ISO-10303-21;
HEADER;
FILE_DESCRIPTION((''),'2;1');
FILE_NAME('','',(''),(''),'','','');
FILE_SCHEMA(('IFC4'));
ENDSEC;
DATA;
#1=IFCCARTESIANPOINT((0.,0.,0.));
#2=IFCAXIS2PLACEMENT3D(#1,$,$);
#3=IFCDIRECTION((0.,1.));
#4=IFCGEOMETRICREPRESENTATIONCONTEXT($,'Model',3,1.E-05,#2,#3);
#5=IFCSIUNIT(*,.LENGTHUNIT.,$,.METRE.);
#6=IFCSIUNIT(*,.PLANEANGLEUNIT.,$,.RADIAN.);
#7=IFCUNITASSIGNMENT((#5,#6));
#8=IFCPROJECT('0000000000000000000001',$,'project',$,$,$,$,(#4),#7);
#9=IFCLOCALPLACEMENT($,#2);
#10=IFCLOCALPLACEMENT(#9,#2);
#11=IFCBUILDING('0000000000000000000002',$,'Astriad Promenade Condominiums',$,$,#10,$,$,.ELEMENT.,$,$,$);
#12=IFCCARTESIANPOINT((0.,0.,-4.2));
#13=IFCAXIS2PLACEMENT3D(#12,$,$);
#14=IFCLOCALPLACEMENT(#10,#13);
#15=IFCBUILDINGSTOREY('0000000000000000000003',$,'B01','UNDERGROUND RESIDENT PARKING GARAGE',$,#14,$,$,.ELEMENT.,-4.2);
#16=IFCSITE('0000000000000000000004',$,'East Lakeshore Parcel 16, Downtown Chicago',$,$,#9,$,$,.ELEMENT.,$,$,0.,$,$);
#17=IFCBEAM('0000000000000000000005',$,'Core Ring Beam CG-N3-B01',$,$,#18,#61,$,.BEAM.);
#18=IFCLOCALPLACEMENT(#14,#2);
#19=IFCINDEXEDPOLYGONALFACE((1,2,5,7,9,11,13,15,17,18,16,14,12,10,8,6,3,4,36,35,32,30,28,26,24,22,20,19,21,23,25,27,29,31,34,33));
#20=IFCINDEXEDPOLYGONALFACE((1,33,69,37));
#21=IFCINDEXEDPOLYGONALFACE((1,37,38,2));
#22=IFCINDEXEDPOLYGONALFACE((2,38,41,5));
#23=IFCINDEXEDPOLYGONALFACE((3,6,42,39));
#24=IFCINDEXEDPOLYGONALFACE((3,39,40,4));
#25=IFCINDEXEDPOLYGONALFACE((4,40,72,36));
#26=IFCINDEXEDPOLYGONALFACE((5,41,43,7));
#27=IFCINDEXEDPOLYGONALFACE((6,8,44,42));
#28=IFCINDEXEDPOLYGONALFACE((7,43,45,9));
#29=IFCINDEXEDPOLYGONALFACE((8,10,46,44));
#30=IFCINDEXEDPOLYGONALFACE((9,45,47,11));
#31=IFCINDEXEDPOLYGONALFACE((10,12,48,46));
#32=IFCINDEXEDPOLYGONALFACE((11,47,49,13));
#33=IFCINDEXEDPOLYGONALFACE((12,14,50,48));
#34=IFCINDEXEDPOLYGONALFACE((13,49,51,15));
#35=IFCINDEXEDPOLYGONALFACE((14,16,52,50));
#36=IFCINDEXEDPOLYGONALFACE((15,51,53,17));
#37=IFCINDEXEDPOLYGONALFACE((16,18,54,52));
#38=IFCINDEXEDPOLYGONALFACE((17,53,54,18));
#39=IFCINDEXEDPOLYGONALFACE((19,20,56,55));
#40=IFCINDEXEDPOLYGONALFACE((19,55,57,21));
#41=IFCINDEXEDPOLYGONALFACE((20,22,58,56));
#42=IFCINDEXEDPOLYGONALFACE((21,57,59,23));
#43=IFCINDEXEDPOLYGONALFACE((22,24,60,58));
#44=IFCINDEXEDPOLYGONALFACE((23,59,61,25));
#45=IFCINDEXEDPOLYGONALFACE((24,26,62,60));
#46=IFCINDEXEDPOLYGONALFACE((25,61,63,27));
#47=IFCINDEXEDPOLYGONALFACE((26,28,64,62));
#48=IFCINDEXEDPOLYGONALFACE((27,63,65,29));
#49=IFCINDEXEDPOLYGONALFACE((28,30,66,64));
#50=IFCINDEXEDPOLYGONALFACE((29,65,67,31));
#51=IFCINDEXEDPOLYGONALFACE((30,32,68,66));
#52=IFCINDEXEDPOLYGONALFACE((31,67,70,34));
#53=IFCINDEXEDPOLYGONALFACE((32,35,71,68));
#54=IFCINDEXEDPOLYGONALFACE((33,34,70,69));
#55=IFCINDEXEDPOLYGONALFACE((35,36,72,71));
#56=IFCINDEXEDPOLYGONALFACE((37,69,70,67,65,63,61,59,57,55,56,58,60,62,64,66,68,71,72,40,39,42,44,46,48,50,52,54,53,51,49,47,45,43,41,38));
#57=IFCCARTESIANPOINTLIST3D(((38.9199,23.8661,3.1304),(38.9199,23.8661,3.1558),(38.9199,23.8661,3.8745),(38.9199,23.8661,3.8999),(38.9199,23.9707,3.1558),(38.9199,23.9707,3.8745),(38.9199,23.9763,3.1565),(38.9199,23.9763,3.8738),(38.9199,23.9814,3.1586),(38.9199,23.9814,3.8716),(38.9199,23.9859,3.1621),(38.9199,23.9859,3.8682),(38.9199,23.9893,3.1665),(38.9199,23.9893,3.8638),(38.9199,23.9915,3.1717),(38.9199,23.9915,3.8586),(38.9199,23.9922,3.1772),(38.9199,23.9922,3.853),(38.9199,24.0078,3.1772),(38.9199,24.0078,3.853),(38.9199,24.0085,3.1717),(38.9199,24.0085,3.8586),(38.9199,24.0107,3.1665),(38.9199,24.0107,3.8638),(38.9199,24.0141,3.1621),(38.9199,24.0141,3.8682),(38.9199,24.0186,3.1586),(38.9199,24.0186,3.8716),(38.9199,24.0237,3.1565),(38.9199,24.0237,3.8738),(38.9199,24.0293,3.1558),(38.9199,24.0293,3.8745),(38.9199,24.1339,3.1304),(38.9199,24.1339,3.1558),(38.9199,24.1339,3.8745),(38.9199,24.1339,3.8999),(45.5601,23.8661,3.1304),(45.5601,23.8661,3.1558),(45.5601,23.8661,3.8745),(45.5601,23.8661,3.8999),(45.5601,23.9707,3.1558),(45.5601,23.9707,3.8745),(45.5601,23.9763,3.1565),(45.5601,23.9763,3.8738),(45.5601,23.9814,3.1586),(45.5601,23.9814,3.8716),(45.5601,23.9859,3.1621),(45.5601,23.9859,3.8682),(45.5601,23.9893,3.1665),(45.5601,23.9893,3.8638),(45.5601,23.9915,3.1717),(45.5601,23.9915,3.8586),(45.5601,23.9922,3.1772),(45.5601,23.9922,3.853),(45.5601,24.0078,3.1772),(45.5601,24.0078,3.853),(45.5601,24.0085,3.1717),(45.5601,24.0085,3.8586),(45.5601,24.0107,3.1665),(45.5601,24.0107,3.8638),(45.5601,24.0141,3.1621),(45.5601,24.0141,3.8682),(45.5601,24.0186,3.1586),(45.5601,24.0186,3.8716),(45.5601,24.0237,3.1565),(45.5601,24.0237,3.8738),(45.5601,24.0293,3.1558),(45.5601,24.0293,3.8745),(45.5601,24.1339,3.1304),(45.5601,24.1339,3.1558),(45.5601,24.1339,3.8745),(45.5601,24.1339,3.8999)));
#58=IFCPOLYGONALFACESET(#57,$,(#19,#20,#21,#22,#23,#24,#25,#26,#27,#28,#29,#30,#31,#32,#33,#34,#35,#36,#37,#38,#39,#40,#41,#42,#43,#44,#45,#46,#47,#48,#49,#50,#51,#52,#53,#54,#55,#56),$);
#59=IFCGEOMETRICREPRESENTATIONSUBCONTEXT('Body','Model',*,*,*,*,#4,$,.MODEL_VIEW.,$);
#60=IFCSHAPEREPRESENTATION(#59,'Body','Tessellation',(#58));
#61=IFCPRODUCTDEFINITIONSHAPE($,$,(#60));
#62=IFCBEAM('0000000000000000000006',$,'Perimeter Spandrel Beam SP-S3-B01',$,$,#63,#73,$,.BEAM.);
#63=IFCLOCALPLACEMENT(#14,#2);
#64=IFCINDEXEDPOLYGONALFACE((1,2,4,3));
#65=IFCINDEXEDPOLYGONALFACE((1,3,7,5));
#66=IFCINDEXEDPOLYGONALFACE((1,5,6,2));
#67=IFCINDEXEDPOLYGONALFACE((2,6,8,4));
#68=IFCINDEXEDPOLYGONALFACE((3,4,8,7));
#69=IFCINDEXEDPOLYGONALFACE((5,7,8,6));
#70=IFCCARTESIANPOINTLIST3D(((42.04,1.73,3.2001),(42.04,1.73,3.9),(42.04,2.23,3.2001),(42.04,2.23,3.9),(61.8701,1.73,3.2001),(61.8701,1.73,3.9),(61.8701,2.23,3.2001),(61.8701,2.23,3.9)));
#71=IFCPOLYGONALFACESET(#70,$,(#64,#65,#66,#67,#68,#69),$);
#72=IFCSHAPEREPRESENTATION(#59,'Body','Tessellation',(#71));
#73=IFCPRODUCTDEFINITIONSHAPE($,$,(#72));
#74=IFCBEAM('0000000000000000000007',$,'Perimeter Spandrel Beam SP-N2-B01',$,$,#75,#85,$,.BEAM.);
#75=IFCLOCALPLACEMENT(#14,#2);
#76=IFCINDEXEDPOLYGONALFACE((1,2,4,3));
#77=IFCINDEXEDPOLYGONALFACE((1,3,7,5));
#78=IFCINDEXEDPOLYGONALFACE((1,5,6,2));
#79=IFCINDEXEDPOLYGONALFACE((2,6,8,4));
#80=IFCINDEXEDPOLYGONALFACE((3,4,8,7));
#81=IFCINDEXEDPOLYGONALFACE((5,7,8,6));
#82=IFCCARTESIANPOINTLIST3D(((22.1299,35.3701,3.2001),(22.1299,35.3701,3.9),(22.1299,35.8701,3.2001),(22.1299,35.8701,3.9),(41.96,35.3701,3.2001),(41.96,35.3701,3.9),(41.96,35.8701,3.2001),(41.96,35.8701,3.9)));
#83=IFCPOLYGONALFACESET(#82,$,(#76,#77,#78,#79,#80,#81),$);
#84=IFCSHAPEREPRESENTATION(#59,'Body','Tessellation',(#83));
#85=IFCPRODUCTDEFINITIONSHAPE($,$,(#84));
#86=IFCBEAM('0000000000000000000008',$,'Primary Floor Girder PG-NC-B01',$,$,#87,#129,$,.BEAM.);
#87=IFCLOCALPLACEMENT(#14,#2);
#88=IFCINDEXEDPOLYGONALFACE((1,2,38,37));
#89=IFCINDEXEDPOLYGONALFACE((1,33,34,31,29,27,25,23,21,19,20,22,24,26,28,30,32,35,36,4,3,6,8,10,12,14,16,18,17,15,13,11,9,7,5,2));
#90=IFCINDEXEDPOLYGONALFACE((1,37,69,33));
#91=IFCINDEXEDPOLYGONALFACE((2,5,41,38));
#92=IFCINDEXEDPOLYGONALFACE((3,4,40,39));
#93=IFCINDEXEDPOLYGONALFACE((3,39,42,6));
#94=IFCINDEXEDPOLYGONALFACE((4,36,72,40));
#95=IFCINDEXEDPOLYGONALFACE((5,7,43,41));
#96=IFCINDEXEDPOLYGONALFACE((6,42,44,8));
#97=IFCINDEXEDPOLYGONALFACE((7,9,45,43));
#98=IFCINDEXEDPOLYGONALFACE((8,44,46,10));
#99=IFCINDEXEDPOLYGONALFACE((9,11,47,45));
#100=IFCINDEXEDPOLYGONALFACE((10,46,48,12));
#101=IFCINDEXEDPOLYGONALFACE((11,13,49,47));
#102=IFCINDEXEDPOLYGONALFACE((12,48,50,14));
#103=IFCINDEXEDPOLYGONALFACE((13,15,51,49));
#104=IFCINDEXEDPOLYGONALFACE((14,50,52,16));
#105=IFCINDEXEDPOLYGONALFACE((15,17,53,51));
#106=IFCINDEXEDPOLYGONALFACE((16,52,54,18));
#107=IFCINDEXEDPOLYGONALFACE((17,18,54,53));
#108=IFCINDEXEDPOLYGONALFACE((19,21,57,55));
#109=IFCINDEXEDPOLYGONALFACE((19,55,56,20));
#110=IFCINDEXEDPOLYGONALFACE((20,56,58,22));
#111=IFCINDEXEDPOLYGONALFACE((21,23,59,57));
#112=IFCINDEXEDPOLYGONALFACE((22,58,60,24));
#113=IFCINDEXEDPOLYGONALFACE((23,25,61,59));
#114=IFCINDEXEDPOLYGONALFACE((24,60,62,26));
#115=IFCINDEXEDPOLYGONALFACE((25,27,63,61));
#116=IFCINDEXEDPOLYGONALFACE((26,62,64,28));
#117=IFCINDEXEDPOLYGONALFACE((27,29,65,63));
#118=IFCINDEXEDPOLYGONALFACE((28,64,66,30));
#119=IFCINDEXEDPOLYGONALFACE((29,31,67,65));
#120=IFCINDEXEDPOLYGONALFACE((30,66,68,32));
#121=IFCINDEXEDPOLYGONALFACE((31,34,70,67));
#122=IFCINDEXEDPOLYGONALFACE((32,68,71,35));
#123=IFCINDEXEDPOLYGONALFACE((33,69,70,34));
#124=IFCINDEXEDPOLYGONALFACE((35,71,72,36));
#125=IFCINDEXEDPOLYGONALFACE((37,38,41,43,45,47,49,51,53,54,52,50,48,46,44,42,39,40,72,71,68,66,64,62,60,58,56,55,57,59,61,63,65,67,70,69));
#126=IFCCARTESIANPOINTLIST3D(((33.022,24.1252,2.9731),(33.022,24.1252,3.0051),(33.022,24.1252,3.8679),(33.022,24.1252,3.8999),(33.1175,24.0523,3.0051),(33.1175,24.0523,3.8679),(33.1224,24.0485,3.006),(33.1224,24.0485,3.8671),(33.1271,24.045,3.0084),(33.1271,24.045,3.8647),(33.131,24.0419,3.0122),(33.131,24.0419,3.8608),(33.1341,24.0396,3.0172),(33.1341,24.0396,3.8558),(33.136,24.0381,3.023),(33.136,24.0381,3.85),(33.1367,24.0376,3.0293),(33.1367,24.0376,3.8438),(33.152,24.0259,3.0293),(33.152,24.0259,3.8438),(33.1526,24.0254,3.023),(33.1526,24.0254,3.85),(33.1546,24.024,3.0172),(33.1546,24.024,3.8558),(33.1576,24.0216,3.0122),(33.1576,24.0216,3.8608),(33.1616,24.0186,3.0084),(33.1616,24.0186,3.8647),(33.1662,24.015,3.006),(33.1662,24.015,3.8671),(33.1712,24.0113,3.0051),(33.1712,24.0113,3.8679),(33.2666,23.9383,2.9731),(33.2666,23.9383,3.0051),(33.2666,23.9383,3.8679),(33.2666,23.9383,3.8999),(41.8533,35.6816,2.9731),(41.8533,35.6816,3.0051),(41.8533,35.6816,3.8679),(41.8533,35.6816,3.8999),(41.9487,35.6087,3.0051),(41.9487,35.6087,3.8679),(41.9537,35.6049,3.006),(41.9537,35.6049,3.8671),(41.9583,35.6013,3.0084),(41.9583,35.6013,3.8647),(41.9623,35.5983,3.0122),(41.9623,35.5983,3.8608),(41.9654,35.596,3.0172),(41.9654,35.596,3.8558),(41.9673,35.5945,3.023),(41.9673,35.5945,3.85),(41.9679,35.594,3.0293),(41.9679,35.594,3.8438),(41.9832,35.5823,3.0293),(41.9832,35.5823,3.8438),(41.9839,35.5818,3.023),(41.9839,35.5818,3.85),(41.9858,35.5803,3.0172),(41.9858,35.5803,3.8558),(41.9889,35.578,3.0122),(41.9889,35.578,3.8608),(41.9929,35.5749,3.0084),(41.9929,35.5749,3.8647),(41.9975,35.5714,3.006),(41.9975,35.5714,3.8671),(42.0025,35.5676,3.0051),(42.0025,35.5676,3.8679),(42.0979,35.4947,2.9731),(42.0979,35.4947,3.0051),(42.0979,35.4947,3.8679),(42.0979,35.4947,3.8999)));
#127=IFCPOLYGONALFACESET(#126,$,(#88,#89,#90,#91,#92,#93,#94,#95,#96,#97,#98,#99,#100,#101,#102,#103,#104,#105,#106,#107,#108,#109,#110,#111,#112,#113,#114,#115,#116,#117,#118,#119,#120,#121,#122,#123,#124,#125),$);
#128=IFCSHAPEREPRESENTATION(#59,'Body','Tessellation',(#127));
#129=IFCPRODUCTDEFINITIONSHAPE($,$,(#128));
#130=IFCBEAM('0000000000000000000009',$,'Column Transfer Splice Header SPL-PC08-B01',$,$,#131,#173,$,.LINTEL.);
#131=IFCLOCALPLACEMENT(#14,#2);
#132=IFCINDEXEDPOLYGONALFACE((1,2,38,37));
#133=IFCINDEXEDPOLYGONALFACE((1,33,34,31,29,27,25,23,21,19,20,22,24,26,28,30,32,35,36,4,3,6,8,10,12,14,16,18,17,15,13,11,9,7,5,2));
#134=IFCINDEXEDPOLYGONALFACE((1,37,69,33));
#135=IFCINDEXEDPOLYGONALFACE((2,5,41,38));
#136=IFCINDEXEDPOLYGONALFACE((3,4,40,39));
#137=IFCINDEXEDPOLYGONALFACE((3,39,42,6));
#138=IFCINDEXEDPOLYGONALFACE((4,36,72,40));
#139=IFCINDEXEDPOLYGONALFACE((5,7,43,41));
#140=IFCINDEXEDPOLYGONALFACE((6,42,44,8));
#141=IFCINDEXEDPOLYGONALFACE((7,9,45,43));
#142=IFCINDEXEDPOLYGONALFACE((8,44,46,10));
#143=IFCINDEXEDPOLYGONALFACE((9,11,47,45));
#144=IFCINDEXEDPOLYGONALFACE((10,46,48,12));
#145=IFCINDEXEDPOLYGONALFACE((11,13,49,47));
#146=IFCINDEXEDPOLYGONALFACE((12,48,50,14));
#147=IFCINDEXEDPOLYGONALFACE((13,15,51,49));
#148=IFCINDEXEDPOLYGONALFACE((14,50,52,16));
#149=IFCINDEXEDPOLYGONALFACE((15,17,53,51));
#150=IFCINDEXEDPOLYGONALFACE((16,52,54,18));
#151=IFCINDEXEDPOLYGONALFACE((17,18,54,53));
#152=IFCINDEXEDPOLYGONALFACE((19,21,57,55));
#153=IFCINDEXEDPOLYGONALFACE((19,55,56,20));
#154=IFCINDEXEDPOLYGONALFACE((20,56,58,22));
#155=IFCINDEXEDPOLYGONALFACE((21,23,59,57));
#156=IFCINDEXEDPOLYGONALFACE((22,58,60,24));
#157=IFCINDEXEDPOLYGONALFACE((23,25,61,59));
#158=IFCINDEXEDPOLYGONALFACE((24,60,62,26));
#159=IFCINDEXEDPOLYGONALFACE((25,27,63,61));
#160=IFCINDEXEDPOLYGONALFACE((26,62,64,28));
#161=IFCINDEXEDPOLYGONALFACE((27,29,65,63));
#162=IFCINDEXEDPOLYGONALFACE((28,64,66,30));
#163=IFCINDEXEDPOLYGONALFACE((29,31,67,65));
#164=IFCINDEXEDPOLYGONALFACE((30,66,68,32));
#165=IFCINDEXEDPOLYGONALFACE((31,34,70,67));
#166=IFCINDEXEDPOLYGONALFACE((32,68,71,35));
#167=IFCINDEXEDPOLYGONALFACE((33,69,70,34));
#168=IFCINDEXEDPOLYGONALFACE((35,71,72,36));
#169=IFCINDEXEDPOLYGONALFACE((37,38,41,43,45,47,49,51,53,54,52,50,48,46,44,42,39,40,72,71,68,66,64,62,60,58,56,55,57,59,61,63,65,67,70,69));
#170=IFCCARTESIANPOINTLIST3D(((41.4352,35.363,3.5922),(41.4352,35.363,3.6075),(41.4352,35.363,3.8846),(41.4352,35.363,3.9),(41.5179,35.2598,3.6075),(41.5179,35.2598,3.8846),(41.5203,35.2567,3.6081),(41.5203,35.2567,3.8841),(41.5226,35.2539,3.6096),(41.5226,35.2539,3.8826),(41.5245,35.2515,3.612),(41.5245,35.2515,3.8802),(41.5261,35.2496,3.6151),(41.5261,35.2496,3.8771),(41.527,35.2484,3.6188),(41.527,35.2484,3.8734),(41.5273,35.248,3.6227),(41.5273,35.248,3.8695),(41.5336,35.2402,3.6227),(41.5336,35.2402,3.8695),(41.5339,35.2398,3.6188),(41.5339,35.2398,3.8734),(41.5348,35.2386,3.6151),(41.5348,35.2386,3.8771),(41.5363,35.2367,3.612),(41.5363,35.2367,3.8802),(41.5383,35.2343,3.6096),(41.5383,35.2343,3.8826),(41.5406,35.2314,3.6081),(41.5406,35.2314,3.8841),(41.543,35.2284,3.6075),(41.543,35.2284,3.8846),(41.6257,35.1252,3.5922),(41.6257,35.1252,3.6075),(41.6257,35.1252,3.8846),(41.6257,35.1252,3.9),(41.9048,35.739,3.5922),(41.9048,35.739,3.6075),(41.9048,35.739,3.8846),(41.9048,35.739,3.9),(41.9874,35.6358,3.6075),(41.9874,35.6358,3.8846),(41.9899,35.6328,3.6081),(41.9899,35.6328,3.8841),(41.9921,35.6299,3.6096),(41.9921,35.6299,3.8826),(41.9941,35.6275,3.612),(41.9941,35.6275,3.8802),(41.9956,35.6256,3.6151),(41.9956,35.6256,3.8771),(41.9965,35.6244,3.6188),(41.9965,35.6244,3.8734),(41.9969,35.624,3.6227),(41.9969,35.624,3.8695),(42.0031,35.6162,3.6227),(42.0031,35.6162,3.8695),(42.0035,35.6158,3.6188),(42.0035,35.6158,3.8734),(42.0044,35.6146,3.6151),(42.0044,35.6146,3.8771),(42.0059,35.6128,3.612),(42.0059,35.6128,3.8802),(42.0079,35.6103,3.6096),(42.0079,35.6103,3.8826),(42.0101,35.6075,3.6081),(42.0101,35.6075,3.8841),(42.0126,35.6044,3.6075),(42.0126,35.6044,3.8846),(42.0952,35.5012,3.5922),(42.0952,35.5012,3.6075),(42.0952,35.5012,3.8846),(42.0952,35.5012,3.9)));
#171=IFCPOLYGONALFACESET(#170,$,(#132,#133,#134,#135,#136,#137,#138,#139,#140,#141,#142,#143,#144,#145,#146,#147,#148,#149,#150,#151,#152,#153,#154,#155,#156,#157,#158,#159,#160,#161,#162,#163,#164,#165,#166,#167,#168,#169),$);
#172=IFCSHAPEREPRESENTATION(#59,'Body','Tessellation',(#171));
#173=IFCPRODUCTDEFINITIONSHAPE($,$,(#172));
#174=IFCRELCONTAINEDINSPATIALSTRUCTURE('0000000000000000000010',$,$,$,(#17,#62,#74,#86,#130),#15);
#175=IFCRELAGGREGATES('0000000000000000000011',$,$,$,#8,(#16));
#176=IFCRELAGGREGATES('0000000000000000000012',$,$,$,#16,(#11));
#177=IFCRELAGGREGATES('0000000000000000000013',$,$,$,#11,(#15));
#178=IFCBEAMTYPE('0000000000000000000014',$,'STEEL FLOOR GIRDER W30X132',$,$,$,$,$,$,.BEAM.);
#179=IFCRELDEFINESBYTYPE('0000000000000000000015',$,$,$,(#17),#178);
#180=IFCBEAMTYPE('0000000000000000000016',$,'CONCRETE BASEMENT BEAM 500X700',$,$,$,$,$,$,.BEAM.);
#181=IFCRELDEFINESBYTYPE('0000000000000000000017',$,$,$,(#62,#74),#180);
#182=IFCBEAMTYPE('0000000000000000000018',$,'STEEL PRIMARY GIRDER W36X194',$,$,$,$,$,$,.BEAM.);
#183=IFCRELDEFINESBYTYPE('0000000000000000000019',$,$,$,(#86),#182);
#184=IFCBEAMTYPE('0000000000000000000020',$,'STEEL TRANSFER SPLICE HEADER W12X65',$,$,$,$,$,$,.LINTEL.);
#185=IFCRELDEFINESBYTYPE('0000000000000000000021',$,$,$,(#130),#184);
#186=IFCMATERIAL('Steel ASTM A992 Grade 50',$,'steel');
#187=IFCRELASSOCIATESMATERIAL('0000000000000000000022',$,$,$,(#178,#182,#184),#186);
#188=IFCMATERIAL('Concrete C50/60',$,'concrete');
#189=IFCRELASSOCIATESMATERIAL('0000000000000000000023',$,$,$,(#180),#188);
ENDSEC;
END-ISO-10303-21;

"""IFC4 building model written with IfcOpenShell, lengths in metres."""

from ifc_helpers import new_model, si_unit, direction, frame, origin, origin_2d, place, context, subcontext, project, spatial, rectangle, i_section, extrude, source, transform, mapped, material, material_profile, profile_set, type_object, type_shapes, element, save


model = new_model("IFC4")

# Units and contexts
model_context = context("Model", 3, precision=1e-05, world=origin(), true_north=direction((0.0, 1.0)))
body_context = subcontext(model_context, "Body", "Model", "MODEL_VIEW")
ifc_project = project(units=[si_unit("LENGTHUNIT", "METRE"), si_unit("PLANEANGLEUNIT", "RADIAN")], contexts=[model_context])

# Site, building, storey
site_placement = place(None, origin())
site = spatial("IfcSite", under=ifc_project, at=site_placement, Name="East Lakeshore Parcel 16, Downtown Chicago", CompositionType="ELEMENT", RefElevation=0.0)
building_placement = place(site_placement, origin())
building = spatial("IfcBuilding", under=site, at=building_placement, Name="Astriad Promenade Condominiums", CompositionType="ELEMENT")
storey_placement = place(building_placement, frame((0.0, 0.0, -4.2)))
storey = spatial("IfcBuildingStorey", under=building, at=storey_placement, Name="B01", Description="UNDERGROUND RESIDENT PARKING GARAGE", CompositionType="ELEMENT", Elevation=-4.2)

# Shared definitions
ifc_material_1 = material(Name="Steel ASTM A992 Grade 50", Category="steel")

# Beams
ifc_material_profile_1 = material_profile(ifc_material_1, i_section(OverallWidth=0.2678, OverallDepth=0.7695, WebThickness=0.0156, FlangeThickness=0.0254, FilletRadius=0.0215, at=origin_2d()), Name="W30X132")
ifc_profile_set_1 = profile_set([ifc_material_profile_1], Name="Steel ASTM A992 Grade 50")
beam_type_1 = type_object("IfcBeamType", Name="STEEL FLOOR GIRDER W30X132", PredefinedType="BEAM", material=ifc_profile_set_1)
shared_shape_1 = source(origin(), body_context, "Body", "SweptSolid", [
    extrude(i_section(OverallWidth=0.2678, OverallDepth=0.7695, WebThickness=0.0156, FlangeThickness=0.0254, FilletRadius=0.0215, at=origin_2d()), origin(), (0.0, 0.0, 1.0), 6.6401),
])
type_shapes(beam_type_1, [shared_shape_1])
beam_1_placement = place(storey_placement, frame((38.9199, 24.0, 3.5151), z_axis=(1.0, 0.0, 0.0), x_axis=(0.0, 1.0, 0.0)))
element("IfcBeam", 1, at=beam_1_placement, inside=storey, type_object=beam_type_1, Name="Core Ring Beam CG-N3-B01", PredefinedType="BEAM", context=body_context, shape_type="MappedRepresentation", body=[
    mapped(shared_shape_1, transform((0.0, 0.0, 0.0), scale=1.0)),
])
ifc_material_2 = material(Name="Concrete C50/60", Category="concrete")
ifc_material_profile_2 = material_profile(ifc_material_2, rectangle(XDim=0.5, YDim=0.7, at=origin_2d()), Name="RC-BM-500X700")
ifc_profile_set_2 = profile_set([ifc_material_profile_2], Name="Concrete C50/60")
beam_type_2 = type_object("IfcBeamType", Name="CONCRETE BASEMENT BEAM 500X700", PredefinedType="BEAM", material=ifc_profile_set_2)
shared_shape_2 = source(origin(), body_context, "Body", "SweptSolid", [
    extrude(rectangle(XDim=0.5, YDim=0.7, at=origin_2d()), origin(), (0.0, 0.0, 1.0), 19.8301),
])
type_shapes(beam_type_2, [shared_shape_2])
for number, where, z_axis, x_axis, name in (
    (2, (42.04, 1.98, 3.55), (1.0, 0.0, 0.0), (0.0, 1.0, 0.0), "Perimeter Spandrel Beam SP-S3-B01"),
    (3, (41.96, 35.6201, 3.55), (-1.0, 0.0, 0.0), (0.0, -1.0, 0.0), "Perimeter Spandrel Beam SP-N2-B01"),
):
    element("IfcBeam", number, at=place(storey_placement, frame(where, z_axis=z_axis, x_axis=x_axis)), inside=storey, type_object=beam_type_2, Name=name, PredefinedType="BEAM", context=body_context, shape_type="MappedRepresentation", body=[
        mapped(shared_shape_2, transform((0.0, 0.0, 0.0), scale=1.0)),
    ])
ifc_material_profile_3 = material_profile(ifc_material_1, i_section(OverallWidth=0.3079, OverallDepth=0.9268, WebThickness=0.0193, FlangeThickness=0.032, FilletRadius=0.0242, at=origin_2d()), Name="W36X194")
ifc_profile_set_3 = profile_set([ifc_material_profile_3], Name="Steel ASTM A992 Grade 50")
beam_type_3 = type_object("IfcBeamType", Name="STEEL PRIMARY GIRDER W36X194", PredefinedType="BEAM", material=ifc_profile_set_3)
shared_shape_3 = source(origin(), body_context, "Body", "SweptSolid", [
    extrude(i_section(OverallWidth=0.3079, OverallDepth=0.9268, WebThickness=0.0193, FlangeThickness=0.032, FilletRadius=0.0242, at=origin_2d()), origin(), (0.0, 0.0, 1.0), 14.5444),
])
type_shapes(beam_type_3, [shared_shape_3])
beam_2_placement = place(storey_placement, frame((41.9756, 35.5881, 3.4365), z_axis=(-0.607192, -0.794555, 0.0), x_axis=(0.794555, -0.607192, 0.0)))
element("IfcBeam", 4, at=beam_2_placement, inside=storey, type_object=beam_type_3, Name="Primary Floor Girder PG-NC-B01", PredefinedType="BEAM", context=body_context, shape_type="MappedRepresentation", body=[
    mapped(shared_shape_3, transform((0.0, 0.0, 0.0), scale=1.0)),
])
ifc_material_profile_4 = material_profile(ifc_material_1, i_section(OverallWidth=0.3047, OverallDepth=0.3079, WebThickness=0.01, FlangeThickness=0.0154, FilletRadius=0.0151, at=origin_2d()), Name="W12X65")
ifc_profile_set_4 = profile_set([ifc_material_profile_4], Name="Steel ASTM A992 Grade 50")
beam_type_4 = type_object("IfcBeamType", Name="STEEL TRANSFER SPLICE HEADER W12X65", PredefinedType="LINTEL", material=ifc_profile_set_4)
shared_shape_4 = source(origin(), body_context, "Body", "SweptSolid", [
    extrude(i_section(OverallWidth=0.3047, OverallDepth=0.3079, WebThickness=0.01, FlangeThickness=0.0154, FilletRadius=0.0151, at=origin_2d()), origin(), (0.0, 0.0, 1.0), 0.6016),
])
beam_3_placement = place(storey_placement, frame((42.0, 35.6201, 3.7461), z_axis=(-0.780552, -0.625091, 0.0), x_axis=(0.625091, -0.780552, 0.0)))
element("IfcBeam", 5, at=beam_3_placement, inside=storey, type_object=beam_type_4, Name="Column Transfer Splice Header SPL-PC08-B01", PredefinedType="LINTEL", context=body_context, shape_type="MappedRepresentation", body=[
    mapped(shared_shape_4, transform((0.0, 0.0, 0.0), scale=1.0)),
])

save(model, "model.ifc")
